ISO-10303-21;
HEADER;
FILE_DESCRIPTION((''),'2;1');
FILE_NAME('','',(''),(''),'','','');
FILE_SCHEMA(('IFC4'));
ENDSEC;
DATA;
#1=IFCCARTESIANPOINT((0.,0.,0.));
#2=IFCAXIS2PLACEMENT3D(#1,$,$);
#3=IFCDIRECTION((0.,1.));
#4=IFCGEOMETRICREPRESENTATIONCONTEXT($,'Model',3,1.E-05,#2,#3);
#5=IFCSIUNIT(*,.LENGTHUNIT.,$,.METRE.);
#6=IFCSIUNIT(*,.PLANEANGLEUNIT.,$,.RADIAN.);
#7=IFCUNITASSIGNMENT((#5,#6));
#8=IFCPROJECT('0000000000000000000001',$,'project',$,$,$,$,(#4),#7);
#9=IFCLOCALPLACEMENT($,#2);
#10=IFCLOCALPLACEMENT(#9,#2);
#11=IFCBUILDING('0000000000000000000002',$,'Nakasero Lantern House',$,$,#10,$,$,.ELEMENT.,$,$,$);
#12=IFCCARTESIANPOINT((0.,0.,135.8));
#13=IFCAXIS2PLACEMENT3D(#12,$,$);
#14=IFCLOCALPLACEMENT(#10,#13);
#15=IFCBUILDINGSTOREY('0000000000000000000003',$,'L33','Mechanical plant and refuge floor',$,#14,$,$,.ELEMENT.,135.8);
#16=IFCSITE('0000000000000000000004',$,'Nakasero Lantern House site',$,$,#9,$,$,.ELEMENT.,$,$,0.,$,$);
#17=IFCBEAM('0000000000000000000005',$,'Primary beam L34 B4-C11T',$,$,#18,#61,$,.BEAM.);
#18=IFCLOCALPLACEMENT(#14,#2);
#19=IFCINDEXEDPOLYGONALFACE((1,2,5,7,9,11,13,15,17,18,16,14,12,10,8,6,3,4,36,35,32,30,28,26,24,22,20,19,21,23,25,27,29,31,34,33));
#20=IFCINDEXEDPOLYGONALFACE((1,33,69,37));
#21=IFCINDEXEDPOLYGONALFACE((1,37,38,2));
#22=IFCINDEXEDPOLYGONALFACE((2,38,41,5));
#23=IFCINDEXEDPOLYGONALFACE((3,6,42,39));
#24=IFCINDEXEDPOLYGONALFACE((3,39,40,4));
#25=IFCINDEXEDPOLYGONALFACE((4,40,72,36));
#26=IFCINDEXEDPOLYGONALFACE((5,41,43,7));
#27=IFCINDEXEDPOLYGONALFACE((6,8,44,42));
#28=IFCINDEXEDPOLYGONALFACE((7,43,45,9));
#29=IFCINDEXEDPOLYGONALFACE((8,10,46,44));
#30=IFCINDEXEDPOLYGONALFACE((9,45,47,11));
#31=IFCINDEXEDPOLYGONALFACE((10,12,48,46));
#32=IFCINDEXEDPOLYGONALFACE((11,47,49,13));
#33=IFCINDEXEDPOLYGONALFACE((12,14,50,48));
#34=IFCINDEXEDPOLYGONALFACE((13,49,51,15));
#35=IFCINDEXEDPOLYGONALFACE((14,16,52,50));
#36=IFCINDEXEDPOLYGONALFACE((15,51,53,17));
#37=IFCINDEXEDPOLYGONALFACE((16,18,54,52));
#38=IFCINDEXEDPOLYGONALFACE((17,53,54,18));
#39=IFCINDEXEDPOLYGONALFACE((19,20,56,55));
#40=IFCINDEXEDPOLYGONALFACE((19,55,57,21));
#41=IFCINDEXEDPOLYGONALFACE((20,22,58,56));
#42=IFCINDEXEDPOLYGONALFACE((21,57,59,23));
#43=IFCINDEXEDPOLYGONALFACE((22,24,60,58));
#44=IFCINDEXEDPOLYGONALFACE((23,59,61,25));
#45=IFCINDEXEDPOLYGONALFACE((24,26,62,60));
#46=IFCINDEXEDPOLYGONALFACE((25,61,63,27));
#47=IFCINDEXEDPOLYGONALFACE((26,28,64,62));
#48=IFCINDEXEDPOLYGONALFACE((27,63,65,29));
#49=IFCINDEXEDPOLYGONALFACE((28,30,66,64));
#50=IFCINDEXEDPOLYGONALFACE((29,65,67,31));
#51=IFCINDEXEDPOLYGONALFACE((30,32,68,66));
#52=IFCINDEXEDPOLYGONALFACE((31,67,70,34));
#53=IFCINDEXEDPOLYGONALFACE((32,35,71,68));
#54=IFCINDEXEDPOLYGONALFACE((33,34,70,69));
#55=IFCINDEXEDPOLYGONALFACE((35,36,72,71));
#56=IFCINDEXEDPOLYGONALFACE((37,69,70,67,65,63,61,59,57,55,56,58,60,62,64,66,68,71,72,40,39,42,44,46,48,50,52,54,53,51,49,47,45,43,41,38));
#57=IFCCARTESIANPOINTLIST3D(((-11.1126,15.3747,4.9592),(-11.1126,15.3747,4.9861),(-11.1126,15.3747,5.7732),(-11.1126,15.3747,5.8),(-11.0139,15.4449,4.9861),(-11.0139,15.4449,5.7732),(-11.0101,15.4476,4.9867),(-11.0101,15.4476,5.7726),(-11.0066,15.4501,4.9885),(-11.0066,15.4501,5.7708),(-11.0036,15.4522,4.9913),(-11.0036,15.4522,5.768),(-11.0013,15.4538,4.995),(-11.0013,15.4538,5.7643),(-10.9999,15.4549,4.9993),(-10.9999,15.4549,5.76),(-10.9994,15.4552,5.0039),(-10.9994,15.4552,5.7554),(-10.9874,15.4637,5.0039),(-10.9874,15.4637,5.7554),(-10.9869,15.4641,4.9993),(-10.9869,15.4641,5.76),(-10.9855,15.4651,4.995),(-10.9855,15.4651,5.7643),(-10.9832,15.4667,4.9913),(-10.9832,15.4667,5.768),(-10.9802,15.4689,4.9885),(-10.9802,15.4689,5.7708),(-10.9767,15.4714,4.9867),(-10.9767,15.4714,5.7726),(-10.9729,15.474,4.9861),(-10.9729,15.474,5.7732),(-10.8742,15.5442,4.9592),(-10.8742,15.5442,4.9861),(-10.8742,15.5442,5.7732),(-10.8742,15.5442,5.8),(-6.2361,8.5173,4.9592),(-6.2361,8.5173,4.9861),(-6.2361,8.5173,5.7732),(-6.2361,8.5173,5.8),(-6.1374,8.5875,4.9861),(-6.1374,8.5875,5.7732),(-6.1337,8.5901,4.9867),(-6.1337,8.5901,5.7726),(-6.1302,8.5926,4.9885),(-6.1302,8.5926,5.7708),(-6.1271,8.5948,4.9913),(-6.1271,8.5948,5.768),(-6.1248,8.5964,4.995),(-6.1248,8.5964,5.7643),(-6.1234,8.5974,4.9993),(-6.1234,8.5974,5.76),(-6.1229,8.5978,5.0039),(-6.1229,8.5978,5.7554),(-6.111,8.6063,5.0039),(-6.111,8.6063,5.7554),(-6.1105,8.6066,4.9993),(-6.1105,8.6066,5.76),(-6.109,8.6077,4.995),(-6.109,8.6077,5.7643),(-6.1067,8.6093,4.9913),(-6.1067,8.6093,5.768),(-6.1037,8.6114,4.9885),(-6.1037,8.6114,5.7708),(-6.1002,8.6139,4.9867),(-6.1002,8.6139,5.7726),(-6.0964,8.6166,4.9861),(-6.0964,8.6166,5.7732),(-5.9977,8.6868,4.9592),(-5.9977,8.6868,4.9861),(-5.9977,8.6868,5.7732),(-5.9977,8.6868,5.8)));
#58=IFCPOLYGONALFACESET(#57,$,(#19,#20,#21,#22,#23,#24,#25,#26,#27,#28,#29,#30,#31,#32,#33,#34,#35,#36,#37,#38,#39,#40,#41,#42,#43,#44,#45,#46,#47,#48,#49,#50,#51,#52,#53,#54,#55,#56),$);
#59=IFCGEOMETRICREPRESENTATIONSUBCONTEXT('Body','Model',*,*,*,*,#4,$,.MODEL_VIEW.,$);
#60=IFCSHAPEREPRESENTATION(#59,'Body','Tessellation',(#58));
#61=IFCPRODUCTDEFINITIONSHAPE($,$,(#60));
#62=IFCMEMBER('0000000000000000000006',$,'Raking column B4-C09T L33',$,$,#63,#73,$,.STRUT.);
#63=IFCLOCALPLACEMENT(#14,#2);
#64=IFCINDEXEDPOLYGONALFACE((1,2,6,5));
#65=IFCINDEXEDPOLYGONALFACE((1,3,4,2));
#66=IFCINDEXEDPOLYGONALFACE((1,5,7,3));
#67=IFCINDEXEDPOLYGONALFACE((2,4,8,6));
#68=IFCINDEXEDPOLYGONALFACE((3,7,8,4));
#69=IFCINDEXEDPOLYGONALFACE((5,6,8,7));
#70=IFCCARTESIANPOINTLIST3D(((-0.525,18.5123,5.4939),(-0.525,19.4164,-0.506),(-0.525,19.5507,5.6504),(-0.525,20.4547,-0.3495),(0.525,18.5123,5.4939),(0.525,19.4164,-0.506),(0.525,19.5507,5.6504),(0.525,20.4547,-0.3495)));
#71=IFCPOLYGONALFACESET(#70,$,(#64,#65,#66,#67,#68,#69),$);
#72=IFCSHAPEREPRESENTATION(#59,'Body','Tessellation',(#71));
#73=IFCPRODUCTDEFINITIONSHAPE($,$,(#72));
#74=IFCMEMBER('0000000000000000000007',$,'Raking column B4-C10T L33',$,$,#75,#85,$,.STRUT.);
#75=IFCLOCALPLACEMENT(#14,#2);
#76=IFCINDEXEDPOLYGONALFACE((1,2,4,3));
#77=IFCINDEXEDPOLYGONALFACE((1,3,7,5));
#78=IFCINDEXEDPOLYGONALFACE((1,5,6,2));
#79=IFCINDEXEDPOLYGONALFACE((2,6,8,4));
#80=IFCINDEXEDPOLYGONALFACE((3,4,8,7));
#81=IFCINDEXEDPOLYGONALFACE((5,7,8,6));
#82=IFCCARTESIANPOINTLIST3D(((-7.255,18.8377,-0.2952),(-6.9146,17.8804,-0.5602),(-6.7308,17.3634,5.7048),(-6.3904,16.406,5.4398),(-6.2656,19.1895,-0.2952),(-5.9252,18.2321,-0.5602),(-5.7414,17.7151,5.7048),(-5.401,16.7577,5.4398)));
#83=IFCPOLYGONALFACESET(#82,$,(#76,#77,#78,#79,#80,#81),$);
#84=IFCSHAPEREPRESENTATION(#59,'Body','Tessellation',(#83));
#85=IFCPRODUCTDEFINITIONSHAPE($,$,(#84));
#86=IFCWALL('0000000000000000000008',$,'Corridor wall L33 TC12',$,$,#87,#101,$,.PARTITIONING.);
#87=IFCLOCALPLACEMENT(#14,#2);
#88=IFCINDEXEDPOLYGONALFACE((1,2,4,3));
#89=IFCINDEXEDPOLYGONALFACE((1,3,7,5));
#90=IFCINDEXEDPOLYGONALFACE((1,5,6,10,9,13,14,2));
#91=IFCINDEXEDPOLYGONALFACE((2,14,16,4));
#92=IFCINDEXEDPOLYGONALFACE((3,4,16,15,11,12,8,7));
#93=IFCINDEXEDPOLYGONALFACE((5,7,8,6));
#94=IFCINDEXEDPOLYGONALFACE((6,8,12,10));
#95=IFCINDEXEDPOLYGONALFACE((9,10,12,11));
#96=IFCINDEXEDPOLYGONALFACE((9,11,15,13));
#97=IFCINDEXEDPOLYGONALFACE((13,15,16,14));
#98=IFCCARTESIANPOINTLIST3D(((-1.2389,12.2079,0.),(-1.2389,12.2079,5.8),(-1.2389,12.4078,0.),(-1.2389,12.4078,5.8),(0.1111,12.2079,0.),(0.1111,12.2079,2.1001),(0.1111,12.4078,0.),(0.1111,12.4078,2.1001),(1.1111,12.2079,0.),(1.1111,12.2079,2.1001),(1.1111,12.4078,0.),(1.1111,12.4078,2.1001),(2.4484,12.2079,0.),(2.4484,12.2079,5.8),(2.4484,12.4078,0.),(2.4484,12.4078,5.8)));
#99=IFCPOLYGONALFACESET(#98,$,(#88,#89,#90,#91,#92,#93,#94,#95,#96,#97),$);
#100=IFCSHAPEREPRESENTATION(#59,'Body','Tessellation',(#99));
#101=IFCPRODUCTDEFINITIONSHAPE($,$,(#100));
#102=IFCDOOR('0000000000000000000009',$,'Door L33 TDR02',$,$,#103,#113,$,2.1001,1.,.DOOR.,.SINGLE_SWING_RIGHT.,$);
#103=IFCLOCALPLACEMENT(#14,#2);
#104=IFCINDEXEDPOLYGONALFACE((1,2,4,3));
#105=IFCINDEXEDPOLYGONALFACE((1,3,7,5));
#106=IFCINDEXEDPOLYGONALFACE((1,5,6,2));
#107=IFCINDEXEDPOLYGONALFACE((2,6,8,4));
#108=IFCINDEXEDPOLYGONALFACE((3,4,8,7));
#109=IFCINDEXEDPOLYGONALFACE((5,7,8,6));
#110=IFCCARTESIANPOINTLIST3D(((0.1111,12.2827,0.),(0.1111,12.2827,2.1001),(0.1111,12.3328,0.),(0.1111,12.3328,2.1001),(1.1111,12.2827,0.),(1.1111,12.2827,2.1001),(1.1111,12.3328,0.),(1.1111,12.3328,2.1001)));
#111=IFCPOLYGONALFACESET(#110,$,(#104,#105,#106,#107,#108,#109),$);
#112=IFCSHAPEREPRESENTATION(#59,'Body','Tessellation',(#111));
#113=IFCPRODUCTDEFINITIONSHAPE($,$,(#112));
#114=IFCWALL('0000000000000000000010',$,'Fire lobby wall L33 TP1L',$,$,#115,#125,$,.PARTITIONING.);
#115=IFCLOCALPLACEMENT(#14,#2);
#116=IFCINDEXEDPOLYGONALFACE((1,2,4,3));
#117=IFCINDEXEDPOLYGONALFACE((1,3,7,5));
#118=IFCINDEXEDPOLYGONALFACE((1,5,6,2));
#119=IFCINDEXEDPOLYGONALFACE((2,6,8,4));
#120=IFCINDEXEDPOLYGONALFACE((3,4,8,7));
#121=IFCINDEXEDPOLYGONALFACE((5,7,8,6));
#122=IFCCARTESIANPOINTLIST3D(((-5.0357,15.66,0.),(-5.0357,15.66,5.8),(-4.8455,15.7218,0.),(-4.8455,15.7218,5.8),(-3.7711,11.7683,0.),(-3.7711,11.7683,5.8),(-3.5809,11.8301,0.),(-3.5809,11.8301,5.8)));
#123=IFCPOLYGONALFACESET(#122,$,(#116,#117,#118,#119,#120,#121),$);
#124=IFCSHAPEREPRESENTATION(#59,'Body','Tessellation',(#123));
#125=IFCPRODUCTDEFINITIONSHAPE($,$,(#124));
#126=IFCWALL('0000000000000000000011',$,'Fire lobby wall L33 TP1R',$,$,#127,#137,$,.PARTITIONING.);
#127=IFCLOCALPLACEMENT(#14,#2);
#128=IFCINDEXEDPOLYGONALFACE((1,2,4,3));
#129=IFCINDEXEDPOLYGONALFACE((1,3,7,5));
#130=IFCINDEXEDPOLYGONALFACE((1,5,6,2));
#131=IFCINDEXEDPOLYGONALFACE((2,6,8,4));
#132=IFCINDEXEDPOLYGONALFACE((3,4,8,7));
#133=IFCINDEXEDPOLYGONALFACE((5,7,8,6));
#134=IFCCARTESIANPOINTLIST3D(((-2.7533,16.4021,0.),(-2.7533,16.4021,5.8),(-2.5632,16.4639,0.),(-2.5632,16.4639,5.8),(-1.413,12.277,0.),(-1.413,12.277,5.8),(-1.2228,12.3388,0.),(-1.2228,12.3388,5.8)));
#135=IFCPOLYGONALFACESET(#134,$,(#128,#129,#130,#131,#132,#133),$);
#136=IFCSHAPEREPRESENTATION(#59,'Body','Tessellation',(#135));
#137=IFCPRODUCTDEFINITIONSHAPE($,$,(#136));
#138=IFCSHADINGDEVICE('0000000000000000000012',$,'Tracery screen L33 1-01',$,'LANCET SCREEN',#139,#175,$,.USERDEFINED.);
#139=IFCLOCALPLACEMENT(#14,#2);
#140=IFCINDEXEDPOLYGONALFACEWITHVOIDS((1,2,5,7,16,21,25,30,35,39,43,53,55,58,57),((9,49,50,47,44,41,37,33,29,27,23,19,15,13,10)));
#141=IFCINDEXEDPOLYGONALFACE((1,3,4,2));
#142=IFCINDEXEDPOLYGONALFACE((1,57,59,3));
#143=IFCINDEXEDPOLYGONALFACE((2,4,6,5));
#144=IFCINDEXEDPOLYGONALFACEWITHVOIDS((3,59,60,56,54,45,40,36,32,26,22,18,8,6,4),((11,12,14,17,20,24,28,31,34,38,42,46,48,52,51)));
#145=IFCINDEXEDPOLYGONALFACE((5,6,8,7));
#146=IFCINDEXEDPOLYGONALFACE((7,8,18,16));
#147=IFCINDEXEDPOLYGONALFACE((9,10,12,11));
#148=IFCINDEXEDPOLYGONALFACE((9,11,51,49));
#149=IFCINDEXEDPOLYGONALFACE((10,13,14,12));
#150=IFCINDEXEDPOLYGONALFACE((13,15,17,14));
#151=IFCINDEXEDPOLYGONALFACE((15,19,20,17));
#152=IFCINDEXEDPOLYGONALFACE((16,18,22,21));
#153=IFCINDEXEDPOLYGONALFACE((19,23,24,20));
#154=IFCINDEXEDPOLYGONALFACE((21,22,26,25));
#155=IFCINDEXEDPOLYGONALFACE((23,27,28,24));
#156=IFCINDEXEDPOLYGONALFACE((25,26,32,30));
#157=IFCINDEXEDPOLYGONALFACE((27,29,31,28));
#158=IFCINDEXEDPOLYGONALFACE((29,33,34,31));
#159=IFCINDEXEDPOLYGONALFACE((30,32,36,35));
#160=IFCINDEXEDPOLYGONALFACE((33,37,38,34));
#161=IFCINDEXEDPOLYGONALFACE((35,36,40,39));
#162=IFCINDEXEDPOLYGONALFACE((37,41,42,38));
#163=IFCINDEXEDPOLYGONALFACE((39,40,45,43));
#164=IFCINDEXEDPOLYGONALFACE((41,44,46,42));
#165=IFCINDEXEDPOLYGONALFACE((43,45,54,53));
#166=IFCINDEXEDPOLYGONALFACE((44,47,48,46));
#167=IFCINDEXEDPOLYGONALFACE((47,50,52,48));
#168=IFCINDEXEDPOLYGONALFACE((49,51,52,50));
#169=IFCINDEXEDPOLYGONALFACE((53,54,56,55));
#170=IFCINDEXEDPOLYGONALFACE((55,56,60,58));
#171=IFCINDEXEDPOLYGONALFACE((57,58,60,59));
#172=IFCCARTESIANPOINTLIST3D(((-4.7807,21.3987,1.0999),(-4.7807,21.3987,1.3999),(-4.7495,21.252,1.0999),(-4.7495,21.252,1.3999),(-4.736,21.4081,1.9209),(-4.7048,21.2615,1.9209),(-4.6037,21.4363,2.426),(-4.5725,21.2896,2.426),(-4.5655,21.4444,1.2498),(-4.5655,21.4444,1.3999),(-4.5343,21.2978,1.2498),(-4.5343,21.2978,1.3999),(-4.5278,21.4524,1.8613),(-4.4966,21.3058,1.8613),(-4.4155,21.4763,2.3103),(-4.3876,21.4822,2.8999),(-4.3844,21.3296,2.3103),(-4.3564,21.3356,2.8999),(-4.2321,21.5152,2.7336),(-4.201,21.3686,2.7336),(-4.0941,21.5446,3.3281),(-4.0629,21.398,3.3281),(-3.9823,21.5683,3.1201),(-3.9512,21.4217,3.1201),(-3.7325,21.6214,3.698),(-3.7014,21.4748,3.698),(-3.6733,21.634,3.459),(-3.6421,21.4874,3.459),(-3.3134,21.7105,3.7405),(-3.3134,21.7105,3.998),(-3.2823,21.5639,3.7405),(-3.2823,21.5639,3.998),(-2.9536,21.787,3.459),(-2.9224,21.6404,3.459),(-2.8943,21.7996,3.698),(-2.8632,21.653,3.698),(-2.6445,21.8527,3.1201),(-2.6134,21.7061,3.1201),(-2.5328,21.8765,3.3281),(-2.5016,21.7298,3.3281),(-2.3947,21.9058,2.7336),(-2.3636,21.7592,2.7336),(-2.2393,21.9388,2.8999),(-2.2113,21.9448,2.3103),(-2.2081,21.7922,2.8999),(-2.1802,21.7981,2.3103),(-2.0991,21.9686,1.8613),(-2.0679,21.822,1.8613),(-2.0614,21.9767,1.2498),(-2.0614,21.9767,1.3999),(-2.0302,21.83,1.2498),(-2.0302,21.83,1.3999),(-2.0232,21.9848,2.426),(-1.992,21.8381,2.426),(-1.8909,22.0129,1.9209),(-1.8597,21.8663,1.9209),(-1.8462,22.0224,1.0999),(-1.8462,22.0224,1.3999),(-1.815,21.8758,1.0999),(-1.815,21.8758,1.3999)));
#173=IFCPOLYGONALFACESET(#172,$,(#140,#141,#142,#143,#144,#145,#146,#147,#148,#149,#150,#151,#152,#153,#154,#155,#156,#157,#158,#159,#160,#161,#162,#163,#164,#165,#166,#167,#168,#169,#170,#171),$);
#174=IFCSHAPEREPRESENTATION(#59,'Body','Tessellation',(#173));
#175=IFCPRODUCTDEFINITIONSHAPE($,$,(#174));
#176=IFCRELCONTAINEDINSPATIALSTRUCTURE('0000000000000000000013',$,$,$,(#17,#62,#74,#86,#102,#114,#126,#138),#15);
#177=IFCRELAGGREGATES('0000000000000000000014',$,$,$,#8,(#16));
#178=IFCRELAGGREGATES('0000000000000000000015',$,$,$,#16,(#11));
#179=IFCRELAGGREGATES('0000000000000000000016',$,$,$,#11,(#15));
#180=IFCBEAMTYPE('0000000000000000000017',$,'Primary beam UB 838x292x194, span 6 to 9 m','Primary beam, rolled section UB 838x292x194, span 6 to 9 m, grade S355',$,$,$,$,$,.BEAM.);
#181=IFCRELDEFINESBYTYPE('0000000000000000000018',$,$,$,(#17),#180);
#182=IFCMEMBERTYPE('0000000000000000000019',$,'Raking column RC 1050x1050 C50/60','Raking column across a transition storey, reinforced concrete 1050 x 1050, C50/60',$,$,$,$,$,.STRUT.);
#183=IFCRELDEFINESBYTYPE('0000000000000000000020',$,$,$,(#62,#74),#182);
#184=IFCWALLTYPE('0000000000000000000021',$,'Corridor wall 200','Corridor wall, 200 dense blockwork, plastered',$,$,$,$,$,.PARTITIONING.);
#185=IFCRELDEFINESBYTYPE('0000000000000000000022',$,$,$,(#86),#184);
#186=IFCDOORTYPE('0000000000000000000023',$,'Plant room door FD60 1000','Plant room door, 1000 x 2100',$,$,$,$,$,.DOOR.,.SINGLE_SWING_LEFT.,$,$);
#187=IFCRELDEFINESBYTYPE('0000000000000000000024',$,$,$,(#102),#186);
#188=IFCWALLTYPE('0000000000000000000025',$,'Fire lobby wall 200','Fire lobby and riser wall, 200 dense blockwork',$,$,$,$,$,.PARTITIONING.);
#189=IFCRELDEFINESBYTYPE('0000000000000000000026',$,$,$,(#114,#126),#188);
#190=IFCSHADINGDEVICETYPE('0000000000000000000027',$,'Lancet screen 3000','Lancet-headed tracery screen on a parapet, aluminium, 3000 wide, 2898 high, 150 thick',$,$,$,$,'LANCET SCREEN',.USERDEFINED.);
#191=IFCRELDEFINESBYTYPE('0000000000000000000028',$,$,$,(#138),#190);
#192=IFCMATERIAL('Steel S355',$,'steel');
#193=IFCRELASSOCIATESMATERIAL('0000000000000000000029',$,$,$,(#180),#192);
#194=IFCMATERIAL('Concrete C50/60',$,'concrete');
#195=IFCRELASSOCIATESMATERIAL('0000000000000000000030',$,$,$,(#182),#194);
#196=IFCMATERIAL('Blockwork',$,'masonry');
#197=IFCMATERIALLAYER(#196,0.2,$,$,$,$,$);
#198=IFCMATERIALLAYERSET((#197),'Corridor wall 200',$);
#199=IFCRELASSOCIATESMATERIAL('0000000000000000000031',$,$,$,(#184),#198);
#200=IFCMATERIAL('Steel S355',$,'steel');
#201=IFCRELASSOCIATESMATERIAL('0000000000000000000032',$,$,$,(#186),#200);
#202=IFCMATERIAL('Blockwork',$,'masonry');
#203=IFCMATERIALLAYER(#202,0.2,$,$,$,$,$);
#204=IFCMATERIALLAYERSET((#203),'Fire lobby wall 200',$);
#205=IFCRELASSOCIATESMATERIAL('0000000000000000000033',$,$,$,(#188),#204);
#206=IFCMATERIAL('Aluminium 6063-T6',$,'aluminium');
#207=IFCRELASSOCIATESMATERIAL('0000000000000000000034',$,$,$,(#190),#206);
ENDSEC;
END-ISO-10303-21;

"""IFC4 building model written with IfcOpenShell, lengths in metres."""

from ifc_helpers import new_model, si_unit, direction, frame, frame_2d, origin, origin_2d, place, context, subcontext, project, spatial, polyline, rectangle, i_section, outline, extrude, material, layer, layer_set, material_profile, profile_set, type_object, element, fill, save


model = new_model("IFC4")

# Units and contexts
model_context = context("Model", 3, precision=1e-05, world=origin(), true_north=direction((0.0, 1.0)))
body_context = subcontext(model_context, "Body", "Model", "MODEL_VIEW")
ifc_project = project(units=[si_unit("LENGTHUNIT", "METRE"), si_unit("PLANEANGLEUNIT", "RADIAN")], contexts=[model_context])

# Site, building, storey
site_placement = place(None, origin())
site = spatial("IfcSite", under=ifc_project, at=site_placement, Name="Nakasero Lantern House site", CompositionType="ELEMENT", RefElevation=0.0)
building_placement = place(site_placement, origin())
building = spatial("IfcBuilding", under=site, at=building_placement, Name="Nakasero Lantern House", CompositionType="ELEMENT")
storey_placement = place(building_placement, frame((0.0, 0.0, 135.8)))
storey = spatial("IfcBuildingStorey", under=building, at=storey_placement, Name="L33", Description="Mechanical plant and refuge floor", CompositionType="ELEMENT", Elevation=135.8)

# Beam
ifc_material_1 = material(Name="Steel S355", Category="steel")
ifc_material_profile_1 = material_profile(ifc_material_1, i_section(OverallWidth=0.2925, OverallDepth=0.8408, WebThickness=0.0146, FlangeThickness=0.0269, FilletRadius=0.0178, at=origin_2d()), Name="UB 838x292x194")
ifc_profile_set_1 = profile_set([ifc_material_profile_1], Name="Steel S355")
beam_type_1 = type_object("IfcBeamType", Name="Primary beam UB 838x292x194, span 6 to 9 m", Description="Primary beam, rolled section UB 838x292x194, span 6 to 9 m, grade S355", PredefinedType="BEAM", material=ifc_profile_set_1)
beam_1_placement = place(storey_placement, frame((-10.9934, 15.4595, 5.3796), z_axis=(0.57953, -0.814951, 0.0), x_axis=(0.814951, 0.57953, 0.0)))
element("IfcBeam", 1, at=beam_1_placement, inside=storey, type_object=beam_type_1, Name="Primary beam L34 B4-C11T", PredefinedType="BEAM", context=body_context, shape_type="SweptSolid", body=[
    extrude(i_section(OverallWidth=0.2925, OverallDepth=0.8408, WebThickness=0.0146, FlangeThickness=0.0269, FilletRadius=0.0178, at=origin_2d()), origin(), (0.0, 0.0, 1.0), 8.4146),
])

# Members
ifc_material_2 = material(Name="Concrete C50/60", Category="concrete")
ifc_material_profile_2 = material_profile(ifc_material_2, rectangle(XDim=1.05, YDim=1.05, at=origin_2d()), Name="RC 1050x1050")
ifc_profile_set_2 = profile_set([ifc_material_profile_2], Name="Concrete C50/60")
member_type_1 = type_object("IfcMemberType", Name="Raking column RC 1050x1050 C50/60", Description="Raking column across a transition storey, reinforced concrete 1050 x 1050, C50/60", PredefinedType="STRUT", material=ifc_profile_set_2)
member_1_placement = place(storey_placement, frame((0.0, 19.9355, -0.4277), z_axis=(0.0, -0.148994, 0.988838), x_axis=(1.0, 0.0, 0.0)))
element("IfcMember", 2, at=member_1_placement, inside=storey, type_object=member_type_1, Name="Raking column B4-C09T L33", PredefinedType="STRUT", context=body_context, shape_type="SweptSolid", body=[
    extrude(rectangle(XDim=1.05, YDim=1.05, at=origin_2d()), origin(), (0.0, 0.0, 1.0), 6.0676),
])
member_2_placement = place(storey_placement, frame((-6.5901, 18.5349, -0.4277), z_axis=(0.084534, -0.237775, 0.967635), x_axis=(0.942225, 0.334982, 0.0)))
element("IfcMember", 3, at=member_2_placement, inside=storey, type_object=member_type_1, Name="Raking column B4-C10T L33", PredefinedType="STRUT", context=body_context, shape_type="SweptSolid", body=[
    extrude(rectangle(XDim=1.05, YDim=1.05, at=origin_2d()), origin(), (0.0, 0.0, 1.0), 6.2007),
])

# Wall, opening, door
ifc_material_3 = material(Name="Blockwork", Category="masonry")
ifc_layer_1 = layer(ifc_material_3, 0.2)
ifc_layer_set_1 = layer_set([ifc_layer_1], Name="Corridor wall 200")
wall_type_1 = type_object("IfcWallType", Name="Corridor wall 200", Description="Corridor wall, 200 dense blockwork, plastered", PredefinedType="PARTITIONING", material=ifc_layer_set_1)
wall_1_placement = place(storey_placement, frame((-1.239, 12.3079, 0.0), z_axis=(0.0, 0.0, 1.0), x_axis=(1.0, 0.0, 0.0)))
wall_1 = element("IfcWall", 4, at=wall_1_placement, inside=storey, type_object=wall_type_1, Name="Corridor wall L33 TC12", PredefinedType="PARTITIONING", context=body_context, shape_type="SweptSolid", body=[
    extrude(rectangle(XDim=3.6873, YDim=0.2, at=frame_2d((1.8438, 0.0))), origin(), (0.0, 0.0, 1.0), 5.8),
])
opening_placement = place(wall_1_placement, frame((1.3501, 0.0, 0.0)))
opening = element("IfcOpeningElement", 5, at=opening_placement, cuts=wall_1, PredefinedType="OPENING", context=body_context, shape_type="SweptSolid", body=[
    extrude(rectangle(XDim=1.0, YDim=2.1001, at=frame_2d((0.5, 1.05))), frame((0.0, 0.1199, 0.0), z_axis=(0.0, -1.0, 0.0), x_axis=(1.0, 0.0, 0.0)), (0.0, 0.0, 1.0), 0.24),
])
ifc_material_4 = material(Name="Steel S355", Category="steel")
door_type = type_object("IfcDoorType", Name="Plant room door FD60 1000", Description="Plant room door, 1000 x 2100", OperationType="SINGLE_SWING_LEFT", PredefinedType="DOOR", material=ifc_material_4)
door_placement = place(opening_placement, origin())
door = element("IfcDoor", 6, at=door_placement, inside=storey, type_object=door_type, Name="Door L33 TDR02", OperationType="SINGLE_SWING_RIGHT", OverallHeight=2.1001, OverallWidth=1.0, PredefinedType="DOOR", context=body_context, shape_type="SweptSolid", body=[
    extrude(rectangle(XDim=1.0, YDim=2.1001, at=frame_2d((0.5, 1.05))), frame((0.0, 0.0249, 0.0), z_axis=(0.0, -1.0, 0.0), x_axis=(1.0, 0.0, 0.0)), (0.0, 0.0, 1.0), 0.05),
])
fill(opening, door)

# Walls
ifc_material_5 = material(Name="Blockwork", Category="masonry")
ifc_layer_2 = layer(ifc_material_5, 0.2)
ifc_layer_set_2 = layer_set([ifc_layer_2], Name="Fire lobby wall 200")
wall_type_2 = type_object("IfcWallType", Name="Fire lobby wall 200", Description="Fire lobby and riser wall, 200 dense blockwork", PredefinedType="PARTITIONING", material=ifc_layer_set_2)
wall_2_placement = place(storey_placement, frame((-3.676, 11.7993, 0.0), z_axis=(0.0, 0.0, 1.0), x_axis=(-0.309042, 0.951049, 0.0)))
element("IfcWall", 7, at=wall_2_placement, inside=storey, type_object=wall_type_2, Name="Fire lobby wall L33 TP1L", PredefinedType="PARTITIONING", context=body_context, shape_type="SweptSolid", body=[
    extrude(rectangle(XDim=4.092, YDim=0.2, at=frame_2d((2.0459, 0.0))), origin(), (0.0, 0.0, 1.0), 5.8),
])
wall_3_placement = place(storey_placement, frame((-1.3179, 12.3079, 0.0), z_axis=(0.0, 0.0, 1.0), x_axis=(-0.309025, 0.951054, 0.0)))
element("IfcWall", 8, at=wall_3_placement, inside=storey, type_object=wall_type_2, Name="Fire lobby wall L33 TP1R", PredefinedType="PARTITIONING", context=body_context, shape_type="SweptSolid", body=[
    extrude(rectangle(XDim=4.3374, YDim=0.2, at=frame_2d((2.1687, 0.0))), origin(), (0.0, 0.0, 1.0), 5.8),
])

# Shading device
ifc_material_6 = material(Name="Aluminium 6063-T6", Category="aluminium")
shading_device_type = type_object("IfcShadingDeviceType", Name="Lancet screen 3000", Description="Lancet-headed tracery screen on a parapet, aluminium, 3000 wide, 2898 high, 150 thick", ElementType="LANCET SCREEN", PredefinedType="USERDEFINED", material=ifc_material_6)
shading_device_placement = place(storey_placement, frame((-3.2979, 21.6372, 1.0999), z_axis=(0.0, 0.0, 1.0), x_axis=(-0.978148, -0.207912, 0.0)))
element("IfcShadingDevice", 9, at=shading_device_placement, inside=storey, type_object=shading_device_type, Name="Tracery screen L33 1-01", ObjectType="LANCET SCREEN", PredefinedType="USERDEFINED", context=body_context, shape_type="SweptSolid", body=[
    extrude(outline(polyline([(-1.5, 0.0), (1.5, 0.0), (1.5, 0.3), (1.4543, 0.821), (1.3191, 1.3262), (1.0981, 1.8), (0.7981, 2.2283), (0.4285, 2.5981), (0.0, 2.8982), (-0.4285, 2.5981), (-0.7981, 2.2283), (-1.0981, 1.8), (-1.3191, 1.3262), (-1.4543, 0.821), (-1.5, 0.3), (-1.5, 0.0)]), holes=[polyline([(-1.28, 0.1499), (1.28, 0.1499), (1.28, 0.3), (1.2415, 0.7615), (1.1267, 1.2104), (0.9392, 1.6338), (0.6838, 2.0203), (0.3679, 2.3591), (0.0, 2.6406), (-0.3679, 2.3591), (-0.6838, 2.0203), (-0.9392, 1.6338), (-1.1267, 1.2104), (-1.2415, 0.7615), (-1.28, 0.3), (-1.28, 0.1499)])]), frame((0.0, 0.075, 0.0), z_axis=(0.0, -1.0, 0.0), x_axis=(1.0, 0.0, 0.0)), (0.0, 0.0, 1.0), 0.1499),
])

save(model, "model.ifc")
